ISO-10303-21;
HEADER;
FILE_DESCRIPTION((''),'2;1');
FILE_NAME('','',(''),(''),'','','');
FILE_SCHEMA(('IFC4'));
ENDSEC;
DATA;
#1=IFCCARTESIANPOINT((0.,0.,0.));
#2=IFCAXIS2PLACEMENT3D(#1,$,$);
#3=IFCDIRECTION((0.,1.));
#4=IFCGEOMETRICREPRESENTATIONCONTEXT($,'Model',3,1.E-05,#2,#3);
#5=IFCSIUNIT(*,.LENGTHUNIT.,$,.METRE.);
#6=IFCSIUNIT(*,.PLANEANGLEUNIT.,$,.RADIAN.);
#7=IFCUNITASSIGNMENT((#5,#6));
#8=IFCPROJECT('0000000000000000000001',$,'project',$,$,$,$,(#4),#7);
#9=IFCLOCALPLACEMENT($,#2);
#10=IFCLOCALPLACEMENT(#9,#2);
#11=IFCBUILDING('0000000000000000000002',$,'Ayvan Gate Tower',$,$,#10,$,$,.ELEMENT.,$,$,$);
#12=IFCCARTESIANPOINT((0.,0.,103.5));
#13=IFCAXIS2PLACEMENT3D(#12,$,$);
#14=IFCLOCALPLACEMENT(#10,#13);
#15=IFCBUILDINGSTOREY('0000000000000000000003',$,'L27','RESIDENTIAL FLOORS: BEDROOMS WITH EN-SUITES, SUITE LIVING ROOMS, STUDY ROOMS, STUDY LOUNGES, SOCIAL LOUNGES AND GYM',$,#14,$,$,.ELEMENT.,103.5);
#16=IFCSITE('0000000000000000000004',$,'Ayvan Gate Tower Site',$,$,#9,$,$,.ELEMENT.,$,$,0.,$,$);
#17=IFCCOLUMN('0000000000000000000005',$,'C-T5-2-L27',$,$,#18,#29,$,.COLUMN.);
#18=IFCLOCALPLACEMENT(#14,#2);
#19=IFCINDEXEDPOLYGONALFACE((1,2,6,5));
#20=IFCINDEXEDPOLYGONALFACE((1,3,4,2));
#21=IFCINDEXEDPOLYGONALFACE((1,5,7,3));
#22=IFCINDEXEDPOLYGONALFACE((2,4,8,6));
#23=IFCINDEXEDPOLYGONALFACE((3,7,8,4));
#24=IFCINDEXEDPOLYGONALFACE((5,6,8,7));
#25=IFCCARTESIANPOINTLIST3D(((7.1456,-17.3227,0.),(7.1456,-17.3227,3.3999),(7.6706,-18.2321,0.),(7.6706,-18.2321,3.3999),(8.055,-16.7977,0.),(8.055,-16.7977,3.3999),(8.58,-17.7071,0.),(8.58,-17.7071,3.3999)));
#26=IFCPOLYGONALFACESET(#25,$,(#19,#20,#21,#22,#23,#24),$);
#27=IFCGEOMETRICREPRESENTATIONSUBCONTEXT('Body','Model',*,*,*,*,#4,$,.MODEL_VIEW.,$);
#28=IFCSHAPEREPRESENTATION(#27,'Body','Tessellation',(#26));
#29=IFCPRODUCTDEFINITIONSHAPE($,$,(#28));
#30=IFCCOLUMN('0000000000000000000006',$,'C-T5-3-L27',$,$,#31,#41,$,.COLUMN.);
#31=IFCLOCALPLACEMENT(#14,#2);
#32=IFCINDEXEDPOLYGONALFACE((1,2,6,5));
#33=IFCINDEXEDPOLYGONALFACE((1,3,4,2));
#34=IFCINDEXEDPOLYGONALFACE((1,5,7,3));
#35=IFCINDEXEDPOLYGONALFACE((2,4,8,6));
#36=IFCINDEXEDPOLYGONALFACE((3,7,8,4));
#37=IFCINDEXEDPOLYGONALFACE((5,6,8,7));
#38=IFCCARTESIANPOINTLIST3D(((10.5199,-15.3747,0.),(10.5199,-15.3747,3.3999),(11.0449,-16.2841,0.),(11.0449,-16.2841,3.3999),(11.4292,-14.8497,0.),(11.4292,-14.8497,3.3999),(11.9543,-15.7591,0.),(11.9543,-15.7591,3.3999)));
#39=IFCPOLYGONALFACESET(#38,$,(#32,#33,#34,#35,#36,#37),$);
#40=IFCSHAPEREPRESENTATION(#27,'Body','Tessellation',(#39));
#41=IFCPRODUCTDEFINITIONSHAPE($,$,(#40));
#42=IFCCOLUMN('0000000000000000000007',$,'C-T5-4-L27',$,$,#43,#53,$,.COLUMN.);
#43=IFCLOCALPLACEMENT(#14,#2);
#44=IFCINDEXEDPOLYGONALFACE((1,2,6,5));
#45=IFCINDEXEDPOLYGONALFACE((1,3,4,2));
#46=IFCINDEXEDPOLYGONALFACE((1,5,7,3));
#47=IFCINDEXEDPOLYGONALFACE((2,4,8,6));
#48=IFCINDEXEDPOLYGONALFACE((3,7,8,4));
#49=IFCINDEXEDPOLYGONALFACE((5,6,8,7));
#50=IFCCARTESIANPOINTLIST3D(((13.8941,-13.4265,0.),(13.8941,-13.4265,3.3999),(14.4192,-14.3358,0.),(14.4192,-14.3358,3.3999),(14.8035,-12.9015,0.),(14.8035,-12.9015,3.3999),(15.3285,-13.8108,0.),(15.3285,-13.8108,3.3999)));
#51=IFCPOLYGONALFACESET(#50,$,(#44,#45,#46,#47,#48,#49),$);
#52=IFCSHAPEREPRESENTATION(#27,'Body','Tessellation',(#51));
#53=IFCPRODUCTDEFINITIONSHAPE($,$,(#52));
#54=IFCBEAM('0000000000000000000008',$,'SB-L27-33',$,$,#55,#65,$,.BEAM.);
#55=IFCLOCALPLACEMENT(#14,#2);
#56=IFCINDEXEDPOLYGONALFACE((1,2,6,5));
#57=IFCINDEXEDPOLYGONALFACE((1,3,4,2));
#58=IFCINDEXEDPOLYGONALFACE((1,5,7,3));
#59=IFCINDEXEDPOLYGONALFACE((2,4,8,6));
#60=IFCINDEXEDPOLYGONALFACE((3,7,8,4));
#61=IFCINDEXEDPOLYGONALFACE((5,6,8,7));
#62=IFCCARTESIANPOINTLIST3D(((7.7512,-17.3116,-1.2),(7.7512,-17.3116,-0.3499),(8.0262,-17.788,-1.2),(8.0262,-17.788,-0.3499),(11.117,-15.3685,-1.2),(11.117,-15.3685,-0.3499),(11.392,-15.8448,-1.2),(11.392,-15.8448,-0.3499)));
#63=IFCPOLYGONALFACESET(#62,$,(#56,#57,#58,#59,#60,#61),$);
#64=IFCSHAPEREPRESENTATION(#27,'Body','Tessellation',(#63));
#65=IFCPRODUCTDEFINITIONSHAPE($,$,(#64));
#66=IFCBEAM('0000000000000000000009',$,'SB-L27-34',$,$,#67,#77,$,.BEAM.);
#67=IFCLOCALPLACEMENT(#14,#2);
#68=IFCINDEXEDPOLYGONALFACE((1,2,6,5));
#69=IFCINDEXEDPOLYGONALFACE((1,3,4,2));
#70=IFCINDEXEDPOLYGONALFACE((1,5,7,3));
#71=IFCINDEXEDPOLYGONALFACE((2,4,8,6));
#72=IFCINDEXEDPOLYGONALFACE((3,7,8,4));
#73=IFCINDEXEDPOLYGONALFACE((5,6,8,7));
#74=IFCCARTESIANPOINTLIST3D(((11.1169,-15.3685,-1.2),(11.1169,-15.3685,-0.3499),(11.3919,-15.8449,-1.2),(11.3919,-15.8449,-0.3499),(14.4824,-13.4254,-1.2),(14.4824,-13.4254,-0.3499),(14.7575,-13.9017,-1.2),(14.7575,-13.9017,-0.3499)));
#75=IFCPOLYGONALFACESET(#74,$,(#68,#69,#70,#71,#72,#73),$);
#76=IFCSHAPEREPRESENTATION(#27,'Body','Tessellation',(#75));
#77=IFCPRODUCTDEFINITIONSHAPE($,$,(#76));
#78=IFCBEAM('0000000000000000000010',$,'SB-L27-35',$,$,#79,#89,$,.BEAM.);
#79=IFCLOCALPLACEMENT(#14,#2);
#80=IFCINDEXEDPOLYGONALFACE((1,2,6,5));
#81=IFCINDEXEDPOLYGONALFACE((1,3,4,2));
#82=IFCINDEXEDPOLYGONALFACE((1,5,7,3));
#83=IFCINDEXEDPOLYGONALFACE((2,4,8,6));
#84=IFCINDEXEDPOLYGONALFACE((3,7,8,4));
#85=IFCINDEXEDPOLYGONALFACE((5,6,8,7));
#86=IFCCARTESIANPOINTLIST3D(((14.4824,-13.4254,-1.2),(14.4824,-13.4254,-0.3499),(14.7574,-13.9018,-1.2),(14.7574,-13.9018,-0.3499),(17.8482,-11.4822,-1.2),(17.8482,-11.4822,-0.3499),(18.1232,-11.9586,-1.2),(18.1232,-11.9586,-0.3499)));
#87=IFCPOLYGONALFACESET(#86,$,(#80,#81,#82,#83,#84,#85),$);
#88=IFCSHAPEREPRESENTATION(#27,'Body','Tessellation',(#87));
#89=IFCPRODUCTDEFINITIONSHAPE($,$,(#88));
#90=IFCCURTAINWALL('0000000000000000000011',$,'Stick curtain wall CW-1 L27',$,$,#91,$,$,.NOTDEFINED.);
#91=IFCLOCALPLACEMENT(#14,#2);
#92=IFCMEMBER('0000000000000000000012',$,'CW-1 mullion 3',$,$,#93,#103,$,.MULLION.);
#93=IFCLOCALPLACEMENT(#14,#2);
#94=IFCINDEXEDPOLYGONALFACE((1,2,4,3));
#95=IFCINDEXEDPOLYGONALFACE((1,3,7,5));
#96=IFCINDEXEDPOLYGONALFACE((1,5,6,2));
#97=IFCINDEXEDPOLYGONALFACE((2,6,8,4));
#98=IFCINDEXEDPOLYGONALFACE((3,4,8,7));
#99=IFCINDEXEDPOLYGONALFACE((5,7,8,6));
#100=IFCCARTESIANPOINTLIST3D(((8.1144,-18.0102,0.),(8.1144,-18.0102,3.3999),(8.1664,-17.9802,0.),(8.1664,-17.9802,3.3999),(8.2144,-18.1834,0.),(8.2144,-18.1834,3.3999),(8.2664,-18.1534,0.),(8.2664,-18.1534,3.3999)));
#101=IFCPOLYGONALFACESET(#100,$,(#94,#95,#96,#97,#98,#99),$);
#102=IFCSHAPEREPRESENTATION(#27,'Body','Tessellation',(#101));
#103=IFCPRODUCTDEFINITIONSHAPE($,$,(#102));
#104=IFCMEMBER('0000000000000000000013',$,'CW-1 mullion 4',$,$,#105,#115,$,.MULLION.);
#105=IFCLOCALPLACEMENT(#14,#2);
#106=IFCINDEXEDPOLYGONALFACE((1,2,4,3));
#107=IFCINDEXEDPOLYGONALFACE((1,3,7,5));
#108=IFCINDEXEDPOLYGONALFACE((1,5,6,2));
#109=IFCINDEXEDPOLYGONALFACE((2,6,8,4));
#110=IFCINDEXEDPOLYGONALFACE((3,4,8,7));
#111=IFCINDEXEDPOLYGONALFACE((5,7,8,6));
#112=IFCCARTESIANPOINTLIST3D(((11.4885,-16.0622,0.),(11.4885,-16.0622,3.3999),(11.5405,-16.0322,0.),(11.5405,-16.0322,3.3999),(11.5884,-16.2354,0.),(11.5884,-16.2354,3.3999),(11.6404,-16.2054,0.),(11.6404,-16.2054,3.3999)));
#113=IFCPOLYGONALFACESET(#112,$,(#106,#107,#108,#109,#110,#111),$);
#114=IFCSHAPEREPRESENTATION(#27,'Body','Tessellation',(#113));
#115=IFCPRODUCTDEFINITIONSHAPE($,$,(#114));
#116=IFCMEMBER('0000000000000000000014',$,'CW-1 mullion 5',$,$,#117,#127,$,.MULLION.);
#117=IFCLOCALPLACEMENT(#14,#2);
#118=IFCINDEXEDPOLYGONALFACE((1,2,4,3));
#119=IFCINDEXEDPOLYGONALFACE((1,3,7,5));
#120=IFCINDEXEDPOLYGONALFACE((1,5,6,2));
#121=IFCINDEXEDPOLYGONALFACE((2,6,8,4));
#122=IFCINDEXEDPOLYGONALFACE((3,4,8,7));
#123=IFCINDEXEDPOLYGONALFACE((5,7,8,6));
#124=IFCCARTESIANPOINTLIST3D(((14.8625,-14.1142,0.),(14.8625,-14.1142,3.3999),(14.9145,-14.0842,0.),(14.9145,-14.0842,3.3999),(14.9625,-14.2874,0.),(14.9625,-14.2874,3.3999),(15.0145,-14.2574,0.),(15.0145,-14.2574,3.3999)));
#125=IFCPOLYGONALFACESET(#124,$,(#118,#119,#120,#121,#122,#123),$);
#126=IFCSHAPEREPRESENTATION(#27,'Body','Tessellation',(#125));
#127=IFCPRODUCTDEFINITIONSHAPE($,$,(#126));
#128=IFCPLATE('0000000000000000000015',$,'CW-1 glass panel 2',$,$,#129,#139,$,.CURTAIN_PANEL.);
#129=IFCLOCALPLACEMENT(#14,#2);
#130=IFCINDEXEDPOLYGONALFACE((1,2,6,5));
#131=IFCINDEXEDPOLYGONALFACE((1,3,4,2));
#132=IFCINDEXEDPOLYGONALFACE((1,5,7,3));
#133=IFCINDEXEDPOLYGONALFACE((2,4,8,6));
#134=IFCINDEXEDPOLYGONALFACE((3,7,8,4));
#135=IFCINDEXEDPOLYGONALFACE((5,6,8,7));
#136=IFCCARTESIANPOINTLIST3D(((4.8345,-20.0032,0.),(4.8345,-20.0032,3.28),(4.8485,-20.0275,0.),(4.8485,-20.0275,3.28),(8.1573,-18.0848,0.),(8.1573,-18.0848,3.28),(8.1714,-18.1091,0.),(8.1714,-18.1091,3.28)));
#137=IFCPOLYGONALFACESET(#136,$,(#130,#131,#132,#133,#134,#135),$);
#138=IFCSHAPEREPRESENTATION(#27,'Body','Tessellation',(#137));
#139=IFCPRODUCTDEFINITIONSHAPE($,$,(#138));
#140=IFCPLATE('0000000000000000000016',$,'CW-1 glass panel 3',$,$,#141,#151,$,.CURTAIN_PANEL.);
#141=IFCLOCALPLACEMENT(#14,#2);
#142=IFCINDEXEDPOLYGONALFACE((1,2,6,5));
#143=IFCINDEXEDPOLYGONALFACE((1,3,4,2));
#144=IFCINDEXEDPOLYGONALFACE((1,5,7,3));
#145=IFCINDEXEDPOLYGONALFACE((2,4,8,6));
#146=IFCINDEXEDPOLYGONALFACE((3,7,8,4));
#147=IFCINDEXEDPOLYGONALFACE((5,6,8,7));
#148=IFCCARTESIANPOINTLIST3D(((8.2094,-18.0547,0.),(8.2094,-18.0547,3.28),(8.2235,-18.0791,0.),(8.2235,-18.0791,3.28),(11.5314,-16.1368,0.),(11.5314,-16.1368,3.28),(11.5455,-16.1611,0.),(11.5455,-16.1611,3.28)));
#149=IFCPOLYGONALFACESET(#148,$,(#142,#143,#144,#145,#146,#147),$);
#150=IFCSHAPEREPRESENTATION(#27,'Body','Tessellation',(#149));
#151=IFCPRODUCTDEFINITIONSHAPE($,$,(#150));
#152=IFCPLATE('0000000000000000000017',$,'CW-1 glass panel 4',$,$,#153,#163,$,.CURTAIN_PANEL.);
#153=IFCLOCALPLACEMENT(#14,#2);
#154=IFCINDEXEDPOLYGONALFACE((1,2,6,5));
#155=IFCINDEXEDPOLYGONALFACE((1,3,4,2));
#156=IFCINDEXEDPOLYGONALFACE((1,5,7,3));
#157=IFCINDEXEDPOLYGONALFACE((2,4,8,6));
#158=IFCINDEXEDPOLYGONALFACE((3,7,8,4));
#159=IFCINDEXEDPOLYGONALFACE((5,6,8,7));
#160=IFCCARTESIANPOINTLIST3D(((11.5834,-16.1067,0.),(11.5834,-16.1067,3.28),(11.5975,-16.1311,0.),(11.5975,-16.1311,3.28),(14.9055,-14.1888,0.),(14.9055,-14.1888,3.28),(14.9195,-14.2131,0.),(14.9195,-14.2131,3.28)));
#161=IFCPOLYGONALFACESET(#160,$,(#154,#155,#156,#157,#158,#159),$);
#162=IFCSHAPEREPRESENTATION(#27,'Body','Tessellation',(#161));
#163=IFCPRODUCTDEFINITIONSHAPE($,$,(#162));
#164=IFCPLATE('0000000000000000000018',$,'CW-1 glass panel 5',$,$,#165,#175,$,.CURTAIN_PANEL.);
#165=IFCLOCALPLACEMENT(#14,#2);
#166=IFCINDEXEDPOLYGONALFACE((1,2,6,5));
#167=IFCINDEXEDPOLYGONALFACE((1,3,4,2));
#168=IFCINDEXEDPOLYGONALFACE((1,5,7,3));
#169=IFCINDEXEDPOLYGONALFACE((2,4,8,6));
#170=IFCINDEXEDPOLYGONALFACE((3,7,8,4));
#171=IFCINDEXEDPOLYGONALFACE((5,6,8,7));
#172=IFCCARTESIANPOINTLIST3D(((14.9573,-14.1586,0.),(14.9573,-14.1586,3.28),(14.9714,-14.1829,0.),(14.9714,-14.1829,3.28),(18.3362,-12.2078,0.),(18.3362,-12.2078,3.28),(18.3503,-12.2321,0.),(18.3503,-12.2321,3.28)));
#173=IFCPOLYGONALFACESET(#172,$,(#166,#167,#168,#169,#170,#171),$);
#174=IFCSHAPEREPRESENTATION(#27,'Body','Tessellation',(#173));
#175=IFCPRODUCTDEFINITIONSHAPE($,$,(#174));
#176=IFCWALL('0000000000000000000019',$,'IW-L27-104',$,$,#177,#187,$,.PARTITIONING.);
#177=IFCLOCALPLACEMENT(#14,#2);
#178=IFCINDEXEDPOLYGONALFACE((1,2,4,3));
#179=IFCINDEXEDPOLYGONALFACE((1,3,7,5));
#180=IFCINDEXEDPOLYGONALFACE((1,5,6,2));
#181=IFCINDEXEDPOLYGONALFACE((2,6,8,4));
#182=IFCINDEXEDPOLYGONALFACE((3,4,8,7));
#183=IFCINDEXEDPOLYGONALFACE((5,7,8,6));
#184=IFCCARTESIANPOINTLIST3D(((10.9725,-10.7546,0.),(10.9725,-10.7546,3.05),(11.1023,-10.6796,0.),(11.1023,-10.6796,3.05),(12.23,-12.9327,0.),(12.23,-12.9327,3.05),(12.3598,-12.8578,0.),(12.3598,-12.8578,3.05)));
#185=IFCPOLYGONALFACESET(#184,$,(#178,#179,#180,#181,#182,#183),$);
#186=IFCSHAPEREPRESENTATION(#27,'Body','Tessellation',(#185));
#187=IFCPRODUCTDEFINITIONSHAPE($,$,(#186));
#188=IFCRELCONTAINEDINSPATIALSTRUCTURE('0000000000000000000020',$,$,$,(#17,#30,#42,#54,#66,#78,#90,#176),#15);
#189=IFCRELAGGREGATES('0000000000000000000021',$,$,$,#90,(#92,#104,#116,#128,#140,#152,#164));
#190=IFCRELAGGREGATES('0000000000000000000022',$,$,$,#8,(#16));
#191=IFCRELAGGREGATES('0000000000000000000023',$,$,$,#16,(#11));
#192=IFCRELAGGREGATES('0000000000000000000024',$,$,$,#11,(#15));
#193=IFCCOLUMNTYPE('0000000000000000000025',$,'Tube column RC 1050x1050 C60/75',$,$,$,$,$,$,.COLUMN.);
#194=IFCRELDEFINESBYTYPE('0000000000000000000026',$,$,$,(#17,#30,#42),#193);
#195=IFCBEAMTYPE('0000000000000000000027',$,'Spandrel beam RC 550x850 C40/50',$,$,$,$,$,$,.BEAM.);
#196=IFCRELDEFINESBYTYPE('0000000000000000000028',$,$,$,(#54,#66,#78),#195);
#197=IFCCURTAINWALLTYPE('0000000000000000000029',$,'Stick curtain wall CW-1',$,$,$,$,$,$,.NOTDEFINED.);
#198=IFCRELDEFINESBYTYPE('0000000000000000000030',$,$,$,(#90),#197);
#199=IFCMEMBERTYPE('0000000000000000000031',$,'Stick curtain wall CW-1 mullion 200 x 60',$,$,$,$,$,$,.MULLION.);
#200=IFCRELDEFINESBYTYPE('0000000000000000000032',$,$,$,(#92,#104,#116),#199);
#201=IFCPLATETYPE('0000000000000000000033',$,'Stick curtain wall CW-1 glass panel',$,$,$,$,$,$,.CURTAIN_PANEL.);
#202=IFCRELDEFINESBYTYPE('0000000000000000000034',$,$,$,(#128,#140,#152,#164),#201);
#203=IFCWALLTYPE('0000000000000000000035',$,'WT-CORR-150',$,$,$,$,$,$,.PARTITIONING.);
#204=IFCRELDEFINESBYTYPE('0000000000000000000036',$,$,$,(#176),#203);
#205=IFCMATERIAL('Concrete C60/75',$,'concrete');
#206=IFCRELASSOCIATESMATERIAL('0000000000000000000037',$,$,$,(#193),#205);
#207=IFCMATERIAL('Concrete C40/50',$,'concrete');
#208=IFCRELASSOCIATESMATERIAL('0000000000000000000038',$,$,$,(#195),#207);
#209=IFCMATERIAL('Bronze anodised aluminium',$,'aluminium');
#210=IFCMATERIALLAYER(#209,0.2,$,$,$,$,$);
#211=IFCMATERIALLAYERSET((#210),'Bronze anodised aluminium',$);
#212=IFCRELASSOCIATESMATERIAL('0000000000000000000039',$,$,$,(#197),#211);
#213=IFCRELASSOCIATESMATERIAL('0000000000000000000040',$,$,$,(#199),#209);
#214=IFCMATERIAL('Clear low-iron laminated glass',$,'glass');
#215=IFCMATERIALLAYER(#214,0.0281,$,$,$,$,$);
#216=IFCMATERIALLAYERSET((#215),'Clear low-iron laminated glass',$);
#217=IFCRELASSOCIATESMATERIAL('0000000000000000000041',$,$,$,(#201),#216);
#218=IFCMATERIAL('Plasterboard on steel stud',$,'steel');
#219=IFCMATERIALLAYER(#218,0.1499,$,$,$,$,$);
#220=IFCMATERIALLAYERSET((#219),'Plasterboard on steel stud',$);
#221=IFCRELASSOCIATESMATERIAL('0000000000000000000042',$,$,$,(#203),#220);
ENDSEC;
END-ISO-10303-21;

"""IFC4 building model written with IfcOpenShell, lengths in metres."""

from ifc_helpers import new_model, si_unit, direction, frame, frame_2d, origin, origin_2d, place, context, subcontext, project, spatial, rectangle, extrude, material, layer, layer_set, material_profile, profile_set, type_object, element, aggregate, save


model = new_model("IFC4")

# Units and contexts
model_context = context("Model", 3, precision=1e-05, world=origin(), true_north=direction((0.0, 1.0)))
body_context = subcontext(model_context, "Body", "Model", "MODEL_VIEW")
ifc_project = project(units=[si_unit("LENGTHUNIT", "METRE"), si_unit("PLANEANGLEUNIT", "RADIAN")], contexts=[model_context])

# Site, building, storey
site_placement = place(None, origin())
site = spatial("IfcSite", under=ifc_project, at=site_placement, Name="Ayvan Gate Tower Site", CompositionType="ELEMENT", RefElevation=0.0)
building_placement = place(site_placement, origin())
building = spatial("IfcBuilding", under=site, at=building_placement, Name="Ayvan Gate Tower", CompositionType="ELEMENT")
storey_placement = place(building_placement, frame((0.0, 0.0, 103.5)))
storey = spatial("IfcBuildingStorey", under=building, at=storey_placement, Name="L27", Description="RESIDENTIAL FLOORS: BEDROOMS WITH EN-SUITES, SUITE LIVING ROOMS, STUDY ROOMS, STUDY LOUNGES, SOCIAL LOUNGES AND GYM", CompositionType="ELEMENT", Elevation=103.5)

# Columns
ifc_material_1 = material(Name="Concrete C60/75", Category="concrete")
ifc_material_profile_1 = material_profile(ifc_material_1, rectangle(XDim=1.05, YDim=1.05, at=origin_2d()), Name="RC 1050x1050")
ifc_profile_set_1 = profile_set([ifc_material_profile_1], Name="Concrete C60/75")
column_type = type_object("IfcColumnType", Name="Tube column RC 1050x1050 C60/75", PredefinedType="COLUMN", material=ifc_profile_set_1)
for number, where, z_axis, x_axis, name in (
    (1, (7.8628, -17.5149, 0.0), (0.0, 0.0, 1.0), (0.5, -0.866025, 0.0), "C-T5-2-L27"),
    (2, (11.2371, -15.5669, 0.0), (0.0, 0.0, 1.0), (0.5, -0.866025, 0.0), "C-T5-3-L27"),
    (3, (14.6113, -13.6187, 0.0), (0.0, 0.0, 1.0), (0.5, -0.866025, 0.0), "C-T5-4-L27"),
):
    element("IfcColumn", number, at=place(storey_placement, frame(where, z_axis=z_axis, x_axis=x_axis)), inside=storey, type_object=column_type, Name=name, PredefinedType="COLUMN", context=body_context, shape_type="SweptSolid", body=[
        extrude(rectangle(XDim=1.05, YDim=1.05, at=origin_2d()), origin(), (0.0, 0.0, 1.0), 3.3999),
    ])

# Beams
ifc_material_2 = material(Name="Concrete C40/50", Category="concrete")
ifc_material_profile_2 = material_profile(ifc_material_2, rectangle(XDim=0.55, YDim=0.8501, at=origin_2d()), Name="RC 550x850")
ifc_profile_set_2 = profile_set([ifc_material_profile_2], Name="Concrete C40/50")
beam_type = type_object("IfcBeamType", Name="Spandrel beam RC 550x850 C40/50", PredefinedType="BEAM", material=ifc_profile_set_2)
beam_1_placement = place(storey_placement, frame((7.8887, -17.5498, -0.7749), z_axis=(0.866035, 0.499983, 0.0), x_axis=(-0.499983, 0.866035, 0.0)))
element("IfcBeam", 4, at=beam_1_placement, inside=storey, type_object=beam_type, Name="SB-L27-33", PredefinedType="BEAM", context=body_context, shape_type="SweptSolid", body=[
    extrude(rectangle(XDim=0.55, YDim=0.8501, at=origin_2d()), origin(), (0.0, 0.0, 1.0), 3.8865),
])
beam_2_placement = place(storey_placement, frame((11.2544, -15.6067, -0.7749), z_axis=(0.866019, 0.500011, 0.0), x_axis=(-0.500011, 0.866019, 0.0)))
element("IfcBeam", 5, at=beam_2_placement, inside=storey, type_object=beam_type, Name="SB-L27-34", PredefinedType="BEAM", context=body_context, shape_type="SweptSolid", body=[
    extrude(rectangle(XDim=0.55, YDim=0.8501, at=origin_2d()), origin(), (0.0, 0.0, 1.0), 3.8862),
])
beam_3_placement = place(storey_placement, frame((14.6199, -13.6636, -0.7749), z_axis=(0.866035, 0.499983, 0.0), x_axis=(-0.499983, 0.866035, 0.0)))
element("IfcBeam", 6, at=beam_3_placement, inside=storey, type_object=beam_type, Name="SB-L27-35", PredefinedType="BEAM", context=body_context, shape_type="SweptSolid", body=[
    extrude(rectangle(XDim=0.55, YDim=0.8501, at=origin_2d()), origin(), (0.0, 0.0, 1.0), 3.8865),
])

# Curtain wall, members, plates
ifc_material_3 = material(Name="Bronze anodised aluminium", Category="aluminium")
ifc_layer_1 = layer(ifc_material_3, 0.2)
ifc_layer_set_1 = layer_set([ifc_layer_1], Name="Bronze anodised aluminium")
curtain_wall_type = type_object("IfcCurtainWallType", Name="Stick curtain wall CW-1", PredefinedType="NOTDEFINED", material=ifc_layer_set_1)
curtain_wall_placement = place(storey_placement, origin())
curtain_wall = element("IfcCurtainWall", 7, at=curtain_wall_placement, inside=storey, type_object=curtain_wall_type, Name="Stick curtain wall CW-1 L27", PredefinedType="NOTDEFINED")
ifc_material_profile_3 = material_profile(ifc_material_3, rectangle(XDim=0.2, YDim=0.0601, at=origin_2d()), Name="Stick curtain wall CW-1 mullion 200 x 60")
ifc_profile_set_3 = profile_set([ifc_material_profile_3], Name="Bronze anodised aluminium")
member_type = type_object("IfcMemberType", Name="Stick curtain wall CW-1 mullion 200 x 60", PredefinedType="MULLION", material=ifc_profile_set_3)
member_1_placement = place(storey_placement, frame((8.1904, -18.0818, 0.0), z_axis=(0.0, 0.0, 1.0), x_axis=(0.5, -0.866025, 0.0)))
member_1 = element("IfcMember", 8, at=member_1_placement, type_object=member_type, Name="CW-1 mullion 3", PredefinedType="MULLION", context=body_context, shape_type="SweptSolid", body=[
    extrude(rectangle(XDim=0.2, YDim=0.0601, at=origin_2d()), origin(), (0.0, 0.0, 1.0), 3.3999),
])
member_2_placement = place(storey_placement, frame((11.5645, -16.1338, 0.0), z_axis=(0.0, 0.0, 1.0), x_axis=(0.5, -0.866025, 0.0)))
member_2 = element("IfcMember", 9, at=member_2_placement, type_object=member_type, Name="CW-1 mullion 4", PredefinedType="MULLION", context=body_context, shape_type="SweptSolid", body=[
    extrude(rectangle(XDim=0.2, YDim=0.0601, at=origin_2d()), origin(), (0.0, 0.0, 1.0), 3.3999),
])
member_3_placement = place(storey_placement, frame((14.9385, -14.1858, 0.0), z_axis=(0.0, 0.0, 1.0), x_axis=(0.5, -0.866025, 0.0)))
member_3 = element("IfcMember", 10, at=member_3_placement, type_object=member_type, Name="CW-1 mullion 5", PredefinedType="MULLION", context=body_context, shape_type="SweptSolid", body=[
    extrude(rectangle(XDim=0.2, YDim=0.0601, at=origin_2d()), origin(), (0.0, 0.0, 1.0), 3.3999),
])
ifc_material_4 = material(Name="Clear low-iron laminated glass", Category="glass")
ifc_layer_2 = layer(ifc_material_4, 0.0281)
ifc_layer_set_2 = layer_set([ifc_layer_2], Name="Clear low-iron laminated glass")
plate_type = type_object("IfcPlateType", Name="Stick curtain wall CW-1 glass panel", PredefinedType="CURTAIN_PANEL", material=ifc_layer_set_2)
plate_1_placement = place(storey_placement, frame((6.5029, -19.0562, 0.0), z_axis=(0.0, 0.0, 1.0), x_axis=(0.866025, 0.5, 0.0)))
plate_1 = element("IfcPlate", 11, at=plate_1_placement, type_object=plate_type, Name="CW-1 glass panel 2", PredefinedType="CURTAIN_PANEL", context=body_context, shape_type="SweptSolid", body=[
    extrude(rectangle(XDim=3.8369, YDim=0.0281, at=origin_2d()), origin(), (0.0, 0.0, 1.0), 3.28),
])
plate_2_placement = place(storey_placement, frame((9.8774, -17.1079, 0.0), z_axis=(0.0, 0.0, 1.0), x_axis=(0.866025, 0.5, 0.0)))
plate_2 = element("IfcPlate", 12, at=plate_2_placement, type_object=plate_type, Name="CW-1 glass panel 3", PredefinedType="CURTAIN_PANEL", context=body_context, shape_type="SweptSolid", body=[
    extrude(rectangle(XDim=3.8359, YDim=0.0281, at=origin_2d()), origin(), (0.0, 0.0, 1.0), 3.28),
])
plate_3_placement = place(storey_placement, frame((13.2515, -15.1599, 0.0), z_axis=(0.0, 0.0, 1.0), x_axis=(0.866025, 0.5, 0.0)))
plate_3 = element("IfcPlate", 13, at=plate_3_placement, type_object=plate_type, Name="CW-1 glass panel 4", PredefinedType="CURTAIN_PANEL", context=body_context, shape_type="SweptSolid", body=[
    extrude(rectangle(XDim=3.8359, YDim=0.0281, at=origin_2d()), origin(), (0.0, 0.0, 1.0), 3.28),
])
plate_4_placement = place(storey_placement, frame((16.6538, -13.1953, 0.0), z_axis=(0.0, 0.0, 1.0), x_axis=(0.866025, 0.5, 0.0)))
plate_4 = element("IfcPlate", 14, at=plate_4_placement, type_object=plate_type, Name="CW-1 glass panel 5", PredefinedType="CURTAIN_PANEL", context=body_context, shape_type="SweptSolid", body=[
    extrude(rectangle(XDim=3.9016, YDim=0.0281, at=origin_2d()), origin(), (0.0, 0.0, 1.0), 3.28),
])
aggregate(curtain_wall, [member_1, member_2, member_3, plate_1, plate_2, plate_3, plate_4])

# Wall
ifc_material_5 = material(Name="Plasterboard on steel stud", Category="steel")
ifc_layer_3 = layer(ifc_material_5, 0.1499)
ifc_layer_set_3 = layer_set([ifc_layer_3], Name="Plasterboard on steel stud")
wall_type_1 = type_object("IfcWallType", Name="WT-CORR-150", PredefinedType="PARTITIONING", material=ifc_layer_set_3)
wall_1_placement = place(storey_placement, frame((12.2949, -12.8953, 0.0), z_axis=(0.0, 0.0, 1.0), x_axis=(-0.499991, 0.86603, 0.0)))
element("IfcWall", 15, at=wall_1_placement, inside=storey, type_object=wall_type_1, Name="IW-L27-104", PredefinedType="PARTITIONING", context=body_context, shape_type="SweptSolid", body=[
    extrude(rectangle(XDim=2.5151, YDim=0.1499, at=frame_2d((1.2576, 0.0))), origin(), (0.0, 0.0, 1.0), 3.05),
])

save(model, "model.ifc")
